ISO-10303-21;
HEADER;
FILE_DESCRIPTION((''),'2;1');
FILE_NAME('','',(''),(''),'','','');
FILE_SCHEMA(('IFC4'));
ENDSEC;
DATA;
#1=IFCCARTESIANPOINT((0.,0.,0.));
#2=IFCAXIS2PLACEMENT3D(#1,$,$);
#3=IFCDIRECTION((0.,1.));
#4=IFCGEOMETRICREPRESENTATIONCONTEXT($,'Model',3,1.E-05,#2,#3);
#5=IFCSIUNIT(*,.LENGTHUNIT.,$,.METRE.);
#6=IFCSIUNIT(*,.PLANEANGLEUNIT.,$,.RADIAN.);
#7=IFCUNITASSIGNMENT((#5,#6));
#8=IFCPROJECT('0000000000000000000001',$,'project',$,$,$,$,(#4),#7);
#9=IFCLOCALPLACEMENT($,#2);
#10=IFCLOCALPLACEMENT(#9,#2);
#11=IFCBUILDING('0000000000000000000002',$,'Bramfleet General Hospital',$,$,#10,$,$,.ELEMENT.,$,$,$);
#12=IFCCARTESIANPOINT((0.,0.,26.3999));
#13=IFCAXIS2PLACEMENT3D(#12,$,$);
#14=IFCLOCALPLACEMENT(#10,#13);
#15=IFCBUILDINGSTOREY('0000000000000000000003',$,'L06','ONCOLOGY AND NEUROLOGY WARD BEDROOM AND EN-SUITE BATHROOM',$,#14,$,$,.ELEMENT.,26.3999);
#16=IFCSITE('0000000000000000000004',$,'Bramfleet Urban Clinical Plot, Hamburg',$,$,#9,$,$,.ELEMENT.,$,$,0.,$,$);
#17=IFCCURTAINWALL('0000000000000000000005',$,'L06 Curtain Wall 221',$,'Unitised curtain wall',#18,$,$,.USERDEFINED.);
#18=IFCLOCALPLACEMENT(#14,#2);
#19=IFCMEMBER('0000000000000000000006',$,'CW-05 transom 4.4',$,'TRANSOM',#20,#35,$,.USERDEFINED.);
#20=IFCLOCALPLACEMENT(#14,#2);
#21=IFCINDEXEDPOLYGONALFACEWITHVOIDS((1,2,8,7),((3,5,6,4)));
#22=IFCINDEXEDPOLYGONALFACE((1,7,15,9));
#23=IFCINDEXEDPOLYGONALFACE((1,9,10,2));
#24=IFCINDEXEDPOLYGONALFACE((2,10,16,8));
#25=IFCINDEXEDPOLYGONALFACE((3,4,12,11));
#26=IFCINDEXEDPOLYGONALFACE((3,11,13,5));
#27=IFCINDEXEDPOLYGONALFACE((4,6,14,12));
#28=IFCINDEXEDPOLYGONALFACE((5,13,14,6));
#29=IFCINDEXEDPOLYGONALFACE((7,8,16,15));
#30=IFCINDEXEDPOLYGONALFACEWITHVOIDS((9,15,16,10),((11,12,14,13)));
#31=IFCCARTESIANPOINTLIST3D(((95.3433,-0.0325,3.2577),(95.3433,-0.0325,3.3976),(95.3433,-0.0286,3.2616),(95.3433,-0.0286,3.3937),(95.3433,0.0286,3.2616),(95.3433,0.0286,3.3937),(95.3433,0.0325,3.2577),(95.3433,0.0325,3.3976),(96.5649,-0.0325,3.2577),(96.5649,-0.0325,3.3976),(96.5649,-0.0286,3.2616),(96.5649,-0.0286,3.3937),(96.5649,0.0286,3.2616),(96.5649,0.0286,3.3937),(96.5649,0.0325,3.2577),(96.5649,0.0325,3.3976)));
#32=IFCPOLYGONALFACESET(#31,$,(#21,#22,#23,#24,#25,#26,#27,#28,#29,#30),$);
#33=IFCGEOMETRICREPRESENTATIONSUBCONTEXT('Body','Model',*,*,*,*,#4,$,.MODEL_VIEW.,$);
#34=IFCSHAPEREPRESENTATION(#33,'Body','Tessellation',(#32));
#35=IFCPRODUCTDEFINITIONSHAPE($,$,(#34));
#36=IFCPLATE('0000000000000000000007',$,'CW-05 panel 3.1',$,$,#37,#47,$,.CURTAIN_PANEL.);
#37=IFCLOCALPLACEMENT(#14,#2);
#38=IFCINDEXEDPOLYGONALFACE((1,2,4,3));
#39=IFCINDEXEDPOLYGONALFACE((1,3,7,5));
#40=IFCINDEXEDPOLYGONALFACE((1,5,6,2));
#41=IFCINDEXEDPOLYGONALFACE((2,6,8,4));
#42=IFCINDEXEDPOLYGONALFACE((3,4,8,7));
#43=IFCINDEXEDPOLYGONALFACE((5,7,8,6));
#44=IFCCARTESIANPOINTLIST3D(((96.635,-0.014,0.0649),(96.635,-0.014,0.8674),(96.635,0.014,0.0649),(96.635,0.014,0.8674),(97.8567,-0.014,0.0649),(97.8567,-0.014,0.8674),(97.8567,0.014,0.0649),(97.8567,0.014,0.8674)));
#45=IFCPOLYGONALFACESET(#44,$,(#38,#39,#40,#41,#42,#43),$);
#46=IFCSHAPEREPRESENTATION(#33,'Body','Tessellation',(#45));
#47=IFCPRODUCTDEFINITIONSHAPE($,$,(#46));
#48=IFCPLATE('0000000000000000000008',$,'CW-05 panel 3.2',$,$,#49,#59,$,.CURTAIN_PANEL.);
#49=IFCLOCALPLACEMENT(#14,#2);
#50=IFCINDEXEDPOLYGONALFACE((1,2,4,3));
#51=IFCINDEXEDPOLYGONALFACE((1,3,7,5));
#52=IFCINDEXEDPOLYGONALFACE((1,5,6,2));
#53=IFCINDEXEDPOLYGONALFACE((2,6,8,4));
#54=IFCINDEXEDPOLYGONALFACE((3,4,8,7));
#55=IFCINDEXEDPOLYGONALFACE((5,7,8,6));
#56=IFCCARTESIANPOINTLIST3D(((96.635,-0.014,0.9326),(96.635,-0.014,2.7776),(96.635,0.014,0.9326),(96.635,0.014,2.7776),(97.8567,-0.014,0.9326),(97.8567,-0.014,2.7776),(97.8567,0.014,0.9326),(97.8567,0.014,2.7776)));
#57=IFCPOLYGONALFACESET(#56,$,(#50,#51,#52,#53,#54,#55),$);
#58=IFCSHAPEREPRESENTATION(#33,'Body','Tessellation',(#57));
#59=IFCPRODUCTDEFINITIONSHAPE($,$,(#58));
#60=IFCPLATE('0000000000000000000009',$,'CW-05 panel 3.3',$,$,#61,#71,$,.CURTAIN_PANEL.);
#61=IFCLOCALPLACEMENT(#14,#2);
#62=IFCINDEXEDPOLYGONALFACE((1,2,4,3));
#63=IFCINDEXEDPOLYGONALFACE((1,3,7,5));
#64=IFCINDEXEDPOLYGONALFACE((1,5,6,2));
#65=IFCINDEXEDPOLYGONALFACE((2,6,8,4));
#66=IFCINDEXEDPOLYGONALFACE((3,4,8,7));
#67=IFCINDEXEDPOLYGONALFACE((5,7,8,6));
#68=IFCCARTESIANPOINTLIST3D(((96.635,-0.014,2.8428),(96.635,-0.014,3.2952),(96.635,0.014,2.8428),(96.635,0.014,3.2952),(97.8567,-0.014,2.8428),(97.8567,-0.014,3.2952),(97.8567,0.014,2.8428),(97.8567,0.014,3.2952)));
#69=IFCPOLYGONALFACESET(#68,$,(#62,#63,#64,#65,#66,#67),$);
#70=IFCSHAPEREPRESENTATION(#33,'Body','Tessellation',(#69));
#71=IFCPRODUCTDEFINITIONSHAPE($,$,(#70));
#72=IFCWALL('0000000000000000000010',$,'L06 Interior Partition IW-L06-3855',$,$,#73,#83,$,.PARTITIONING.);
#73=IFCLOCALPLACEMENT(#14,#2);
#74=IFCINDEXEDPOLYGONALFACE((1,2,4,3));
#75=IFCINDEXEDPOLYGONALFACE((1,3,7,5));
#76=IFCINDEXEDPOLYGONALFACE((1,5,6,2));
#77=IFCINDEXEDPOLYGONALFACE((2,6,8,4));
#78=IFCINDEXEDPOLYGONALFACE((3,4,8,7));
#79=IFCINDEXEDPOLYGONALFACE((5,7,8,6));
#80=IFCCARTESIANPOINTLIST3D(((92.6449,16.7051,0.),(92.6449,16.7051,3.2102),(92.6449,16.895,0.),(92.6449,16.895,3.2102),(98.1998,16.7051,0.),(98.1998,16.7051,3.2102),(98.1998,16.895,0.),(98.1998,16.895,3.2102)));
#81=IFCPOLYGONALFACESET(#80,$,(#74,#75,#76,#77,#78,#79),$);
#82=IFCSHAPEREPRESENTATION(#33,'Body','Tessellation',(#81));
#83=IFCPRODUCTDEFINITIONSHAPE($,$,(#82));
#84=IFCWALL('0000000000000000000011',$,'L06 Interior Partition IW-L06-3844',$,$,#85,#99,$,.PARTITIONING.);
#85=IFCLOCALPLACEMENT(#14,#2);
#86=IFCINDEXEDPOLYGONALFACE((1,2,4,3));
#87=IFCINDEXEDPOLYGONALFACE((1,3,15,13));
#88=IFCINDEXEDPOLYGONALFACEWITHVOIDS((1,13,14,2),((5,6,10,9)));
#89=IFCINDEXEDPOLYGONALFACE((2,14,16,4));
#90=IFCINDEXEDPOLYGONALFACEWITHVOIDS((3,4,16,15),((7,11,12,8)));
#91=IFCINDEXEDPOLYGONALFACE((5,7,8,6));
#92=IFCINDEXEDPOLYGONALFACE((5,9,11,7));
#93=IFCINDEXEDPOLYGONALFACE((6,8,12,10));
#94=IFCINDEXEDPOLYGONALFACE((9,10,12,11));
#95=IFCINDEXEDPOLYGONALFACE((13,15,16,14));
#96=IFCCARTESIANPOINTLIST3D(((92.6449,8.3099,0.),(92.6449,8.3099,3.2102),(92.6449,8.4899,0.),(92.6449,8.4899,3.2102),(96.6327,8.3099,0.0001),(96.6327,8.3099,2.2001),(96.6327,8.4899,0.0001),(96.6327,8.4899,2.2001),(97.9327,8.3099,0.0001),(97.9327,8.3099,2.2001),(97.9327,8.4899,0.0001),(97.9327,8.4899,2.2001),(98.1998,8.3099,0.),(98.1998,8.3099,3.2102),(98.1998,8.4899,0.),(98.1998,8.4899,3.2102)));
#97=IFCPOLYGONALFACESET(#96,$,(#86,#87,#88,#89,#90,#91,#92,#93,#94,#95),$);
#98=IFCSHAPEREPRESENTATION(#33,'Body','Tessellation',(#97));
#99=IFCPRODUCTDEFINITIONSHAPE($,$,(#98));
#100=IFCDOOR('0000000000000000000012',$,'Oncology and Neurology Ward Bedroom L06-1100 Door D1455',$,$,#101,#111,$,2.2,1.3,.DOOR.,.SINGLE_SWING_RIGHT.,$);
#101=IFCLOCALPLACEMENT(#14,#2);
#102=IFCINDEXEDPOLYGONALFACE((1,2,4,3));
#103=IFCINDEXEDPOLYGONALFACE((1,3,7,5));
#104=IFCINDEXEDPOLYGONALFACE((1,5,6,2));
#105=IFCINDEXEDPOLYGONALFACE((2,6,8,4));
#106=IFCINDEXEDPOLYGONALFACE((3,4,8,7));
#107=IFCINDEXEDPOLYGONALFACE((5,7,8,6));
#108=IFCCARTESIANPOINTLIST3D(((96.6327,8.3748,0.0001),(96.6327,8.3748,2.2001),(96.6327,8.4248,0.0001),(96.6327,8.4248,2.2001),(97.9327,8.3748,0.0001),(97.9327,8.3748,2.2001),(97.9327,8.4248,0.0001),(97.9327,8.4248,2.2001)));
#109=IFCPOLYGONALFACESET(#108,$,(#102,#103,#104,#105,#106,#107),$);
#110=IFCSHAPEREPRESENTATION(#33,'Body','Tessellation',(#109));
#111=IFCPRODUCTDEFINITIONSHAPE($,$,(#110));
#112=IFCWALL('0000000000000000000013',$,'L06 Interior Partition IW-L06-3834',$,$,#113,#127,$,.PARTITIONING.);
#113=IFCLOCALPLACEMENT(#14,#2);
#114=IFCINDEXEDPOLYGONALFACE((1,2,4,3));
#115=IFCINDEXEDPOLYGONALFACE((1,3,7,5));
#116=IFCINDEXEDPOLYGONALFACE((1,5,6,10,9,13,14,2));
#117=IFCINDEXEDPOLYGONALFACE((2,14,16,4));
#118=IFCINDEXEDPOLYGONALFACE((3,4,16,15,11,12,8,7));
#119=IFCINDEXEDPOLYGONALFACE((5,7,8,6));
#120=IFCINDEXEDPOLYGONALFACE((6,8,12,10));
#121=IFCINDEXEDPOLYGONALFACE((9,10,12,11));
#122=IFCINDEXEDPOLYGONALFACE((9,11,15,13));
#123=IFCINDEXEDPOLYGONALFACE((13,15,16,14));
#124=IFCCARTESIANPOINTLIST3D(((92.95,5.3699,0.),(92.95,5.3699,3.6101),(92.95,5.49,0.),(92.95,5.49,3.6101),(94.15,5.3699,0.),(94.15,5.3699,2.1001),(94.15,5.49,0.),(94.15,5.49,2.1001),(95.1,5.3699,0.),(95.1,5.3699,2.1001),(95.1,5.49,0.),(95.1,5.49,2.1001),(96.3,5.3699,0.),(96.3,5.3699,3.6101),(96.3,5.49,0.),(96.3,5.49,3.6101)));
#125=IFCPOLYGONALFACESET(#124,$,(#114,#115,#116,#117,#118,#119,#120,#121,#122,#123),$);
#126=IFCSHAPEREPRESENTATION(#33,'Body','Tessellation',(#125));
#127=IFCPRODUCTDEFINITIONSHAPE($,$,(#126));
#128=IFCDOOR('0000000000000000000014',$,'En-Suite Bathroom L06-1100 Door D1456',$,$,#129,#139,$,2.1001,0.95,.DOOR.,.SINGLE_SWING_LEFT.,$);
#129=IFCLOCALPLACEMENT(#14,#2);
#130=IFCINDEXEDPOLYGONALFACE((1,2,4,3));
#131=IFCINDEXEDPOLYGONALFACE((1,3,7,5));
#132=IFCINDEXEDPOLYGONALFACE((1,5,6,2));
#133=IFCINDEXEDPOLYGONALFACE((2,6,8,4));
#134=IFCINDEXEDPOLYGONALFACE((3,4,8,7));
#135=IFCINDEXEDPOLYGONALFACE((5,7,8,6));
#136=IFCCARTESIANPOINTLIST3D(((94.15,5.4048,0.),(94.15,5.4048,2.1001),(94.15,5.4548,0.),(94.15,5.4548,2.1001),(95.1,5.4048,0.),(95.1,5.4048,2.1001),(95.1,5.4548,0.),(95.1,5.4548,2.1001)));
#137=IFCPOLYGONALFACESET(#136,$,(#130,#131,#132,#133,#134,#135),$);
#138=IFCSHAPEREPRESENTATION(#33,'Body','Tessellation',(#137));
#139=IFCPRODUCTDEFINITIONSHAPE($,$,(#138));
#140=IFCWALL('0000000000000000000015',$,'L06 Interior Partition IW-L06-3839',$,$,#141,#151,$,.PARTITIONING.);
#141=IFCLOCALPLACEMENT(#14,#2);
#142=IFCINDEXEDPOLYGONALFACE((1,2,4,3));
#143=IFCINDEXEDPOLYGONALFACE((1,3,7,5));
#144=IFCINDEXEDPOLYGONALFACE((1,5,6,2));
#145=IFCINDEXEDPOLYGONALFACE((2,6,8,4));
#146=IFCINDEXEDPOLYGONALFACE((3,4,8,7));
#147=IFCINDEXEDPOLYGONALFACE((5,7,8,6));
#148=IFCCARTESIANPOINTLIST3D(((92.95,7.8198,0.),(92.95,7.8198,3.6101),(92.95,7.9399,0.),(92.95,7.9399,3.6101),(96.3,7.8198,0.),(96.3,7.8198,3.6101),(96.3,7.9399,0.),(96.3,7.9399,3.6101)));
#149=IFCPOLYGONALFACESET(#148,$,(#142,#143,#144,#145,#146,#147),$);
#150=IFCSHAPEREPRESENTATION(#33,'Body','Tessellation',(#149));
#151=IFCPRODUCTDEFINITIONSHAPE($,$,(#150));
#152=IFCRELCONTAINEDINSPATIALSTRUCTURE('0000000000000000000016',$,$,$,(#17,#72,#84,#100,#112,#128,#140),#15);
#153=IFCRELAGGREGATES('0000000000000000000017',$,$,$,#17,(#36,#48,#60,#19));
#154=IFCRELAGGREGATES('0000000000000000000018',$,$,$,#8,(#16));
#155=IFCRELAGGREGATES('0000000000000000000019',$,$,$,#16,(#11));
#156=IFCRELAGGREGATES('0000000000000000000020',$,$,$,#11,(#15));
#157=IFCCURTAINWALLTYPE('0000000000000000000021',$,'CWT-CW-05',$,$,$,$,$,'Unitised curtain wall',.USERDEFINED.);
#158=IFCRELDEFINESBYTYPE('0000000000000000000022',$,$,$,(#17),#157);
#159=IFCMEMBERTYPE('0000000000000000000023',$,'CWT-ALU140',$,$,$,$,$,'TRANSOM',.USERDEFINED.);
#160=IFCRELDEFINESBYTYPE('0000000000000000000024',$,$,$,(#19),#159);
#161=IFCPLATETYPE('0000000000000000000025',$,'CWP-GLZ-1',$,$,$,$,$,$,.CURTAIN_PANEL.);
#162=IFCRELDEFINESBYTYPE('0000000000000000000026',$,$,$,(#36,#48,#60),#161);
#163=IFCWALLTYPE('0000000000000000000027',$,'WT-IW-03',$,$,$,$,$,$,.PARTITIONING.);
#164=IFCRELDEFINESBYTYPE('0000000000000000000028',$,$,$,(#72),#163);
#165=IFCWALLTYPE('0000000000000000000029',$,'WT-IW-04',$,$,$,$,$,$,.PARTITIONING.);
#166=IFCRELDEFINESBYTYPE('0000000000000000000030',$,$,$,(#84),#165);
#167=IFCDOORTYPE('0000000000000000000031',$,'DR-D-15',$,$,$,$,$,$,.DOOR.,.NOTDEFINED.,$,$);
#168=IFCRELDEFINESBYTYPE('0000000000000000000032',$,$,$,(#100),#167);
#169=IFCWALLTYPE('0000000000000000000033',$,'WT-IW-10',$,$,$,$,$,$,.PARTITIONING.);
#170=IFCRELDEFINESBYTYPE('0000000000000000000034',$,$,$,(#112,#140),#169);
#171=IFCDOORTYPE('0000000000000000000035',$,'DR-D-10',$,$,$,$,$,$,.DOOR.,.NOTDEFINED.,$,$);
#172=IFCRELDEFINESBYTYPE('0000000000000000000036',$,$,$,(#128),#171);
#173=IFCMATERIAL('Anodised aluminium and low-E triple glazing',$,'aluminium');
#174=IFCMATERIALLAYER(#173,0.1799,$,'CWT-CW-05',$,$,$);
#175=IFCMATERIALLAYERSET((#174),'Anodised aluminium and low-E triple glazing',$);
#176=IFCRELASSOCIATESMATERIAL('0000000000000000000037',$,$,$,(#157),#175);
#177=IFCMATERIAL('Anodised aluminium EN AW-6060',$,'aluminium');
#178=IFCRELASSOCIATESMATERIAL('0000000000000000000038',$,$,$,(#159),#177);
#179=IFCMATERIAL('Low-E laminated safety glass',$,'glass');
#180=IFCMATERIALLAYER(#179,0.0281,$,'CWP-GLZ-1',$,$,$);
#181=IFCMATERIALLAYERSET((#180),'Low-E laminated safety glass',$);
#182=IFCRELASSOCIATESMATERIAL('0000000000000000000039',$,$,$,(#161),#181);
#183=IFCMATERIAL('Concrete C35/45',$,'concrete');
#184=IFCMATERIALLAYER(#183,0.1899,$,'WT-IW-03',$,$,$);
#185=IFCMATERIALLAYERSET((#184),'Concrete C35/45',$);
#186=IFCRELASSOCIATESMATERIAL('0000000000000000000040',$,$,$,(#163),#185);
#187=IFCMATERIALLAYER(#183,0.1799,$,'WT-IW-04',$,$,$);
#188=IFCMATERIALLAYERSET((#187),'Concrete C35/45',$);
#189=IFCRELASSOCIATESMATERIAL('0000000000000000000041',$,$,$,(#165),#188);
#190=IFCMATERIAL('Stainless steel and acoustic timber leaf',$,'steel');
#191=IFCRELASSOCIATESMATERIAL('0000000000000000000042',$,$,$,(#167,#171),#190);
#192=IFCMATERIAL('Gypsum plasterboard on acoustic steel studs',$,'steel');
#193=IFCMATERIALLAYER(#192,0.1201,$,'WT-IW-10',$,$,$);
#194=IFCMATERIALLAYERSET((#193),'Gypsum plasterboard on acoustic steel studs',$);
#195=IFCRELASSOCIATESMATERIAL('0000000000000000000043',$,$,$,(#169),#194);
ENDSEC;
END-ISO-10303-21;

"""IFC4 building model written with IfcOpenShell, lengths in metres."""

from ifc_helpers import new_model, si_unit, direction, frame, frame_2d, origin, origin_2d, place, context, subcontext, project, spatial, rectangle, hollow_rectangle, extrude, material, layer, layer_set, material_profile, profile_set, type_object, element, fill, aggregate, save


model = new_model("IFC4")

# Units and contexts
model_context = context("Model", 3, precision=1e-05, world=origin(), true_north=direction((0.0, 1.0)))
body_context = subcontext(model_context, "Body", "Model", "MODEL_VIEW")
ifc_project = project(units=[si_unit("LENGTHUNIT", "METRE"), si_unit("PLANEANGLEUNIT", "RADIAN")], contexts=[model_context])

# Site, building, storey
site_placement = place(None, origin())
site = spatial("IfcSite", under=ifc_project, at=site_placement, Name="Bramfleet Urban Clinical Plot, Hamburg", CompositionType="ELEMENT", RefElevation=0.0)
building_placement = place(site_placement, origin())
building = spatial("IfcBuilding", under=site, at=building_placement, Name="Bramfleet General Hospital", CompositionType="ELEMENT")
storey_placement = place(building_placement, frame((0.0, 0.0, 26.3999)))
storey = spatial("IfcBuildingStorey", under=building, at=storey_placement, Name="L06", Description="ONCOLOGY AND NEUROLOGY WARD BEDROOM AND EN-SUITE BATHROOM", CompositionType="ELEMENT", Elevation=26.3999)

# Curtain wall, member, plates
ifc_material_1 = material(Name="Anodised aluminium and low-E triple glazing", Category="aluminium")
ifc_layer_1 = layer(ifc_material_1, 0.1799, Name="CWT-CW-05")
ifc_layer_set_1 = layer_set([ifc_layer_1], Name="Anodised aluminium and low-E triple glazing")
curtain_wall_type = type_object("IfcCurtainWallType", Name="CWT-CW-05", ElementType="Unitised curtain wall", PredefinedType="USERDEFINED", material=ifc_layer_set_1)
curtain_wall_placement = place(storey_placement, origin())
curtain_wall = element("IfcCurtainWall", 1, at=curtain_wall_placement, inside=storey, type_object=curtain_wall_type, Name="L06 Curtain Wall 221", ObjectType="Unitised curtain wall", PredefinedType="USERDEFINED")
ifc_material_2 = material(Name="Anodised aluminium EN AW-6060", Category="aluminium")
ifc_material_profile_1 = material_profile(ifc_material_2, hollow_rectangle(XDim=0.0649, YDim=0.1399, WallThickness=0.0039, at=origin_2d()), Name="ALU 140x65x4.0")
ifc_profile_set_1 = profile_set([ifc_material_profile_1], Name="Anodised aluminium EN AW-6060")
member_type_1 = type_object("IfcMemberType", Name="CWT-ALU140", ElementType="TRANSOM", PredefinedType="USERDEFINED", material=ifc_profile_set_1)
member_1_placement = place(storey_placement, frame((96.5649, 0.0, 3.3276), z_axis=(-1.0, 0.0, 0.0), x_axis=(0.0, -1.0, 0.0)))
member_1 = element("IfcMember", 2, at=member_1_placement, type_object=member_type_1, Name="CW-05 transom 4.4", ObjectType="TRANSOM", PredefinedType="USERDEFINED", context=body_context, shape_type="SweptSolid", body=[
    extrude(hollow_rectangle(XDim=0.0649, YDim=0.1399, WallThickness=0.0039, at=origin_2d()), origin(), (0.0, 0.0, 1.0), 1.2217),
])
ifc_material_3 = material(Name="Low-E laminated safety glass", Category="glass")
ifc_layer_2 = layer(ifc_material_3, 0.0281, Name="CWP-GLZ-1")
ifc_layer_set_2 = layer_set([ifc_layer_2], Name="Low-E laminated safety glass")
plate_type = type_object("IfcPlateType", Name="CWP-GLZ-1", PredefinedType="CURTAIN_PANEL", material=ifc_layer_set_2)
plate_1_placement = place(storey_placement, frame((97.2458, 0.0, 0.0649), z_axis=(0.0, 0.0, 1.0), x_axis=(-1.0, 0.0, 0.0)))
plate_1 = element("IfcPlate", 3, at=plate_1_placement, type_object=plate_type, Name="CW-05 panel 3.1", PredefinedType="CURTAIN_PANEL", context=body_context, shape_type="SweptSolid", body=[
    extrude(rectangle(XDim=1.2217, YDim=0.0281, at=origin_2d()), origin(), (0.0, 0.0, 1.0), 0.8025),
])
plate_2_placement = place(storey_placement, frame((97.2458, 0.0, 0.9326), z_axis=(0.0, 0.0, 1.0), x_axis=(-1.0, 0.0, 0.0)))
plate_2 = element("IfcPlate", 4, at=plate_2_placement, type_object=plate_type, Name="CW-05 panel 3.2", PredefinedType="CURTAIN_PANEL", context=body_context, shape_type="SweptSolid", body=[
    extrude(rectangle(XDim=1.2217, YDim=0.0281, at=origin_2d()), origin(), (0.0, 0.0, 1.0), 1.845),
])
plate_3_placement = place(storey_placement, frame((97.2458, 0.0, 2.8428), z_axis=(0.0, 0.0, 1.0), x_axis=(-1.0, 0.0, 0.0)))
plate_3 = element("IfcPlate", 5, at=plate_3_placement, type_object=plate_type, Name="CW-05 panel 3.3", PredefinedType="CURTAIN_PANEL", context=body_context, shape_type="SweptSolid", body=[
    extrude(rectangle(XDim=1.2217, YDim=0.0281, at=origin_2d()), origin(), (0.0, 0.0, 1.0), 0.4524),
])
aggregate(curtain_wall, [plate_1, plate_2, plate_3, member_1])

# Wall
ifc_material_4 = material(Name="Concrete C35/45", Category="concrete")
ifc_layer_3 = layer(ifc_material_4, 0.1899, Name="WT-IW-03")
ifc_layer_set_3 = layer_set([ifc_layer_3], Name="Concrete C35/45")
wall_type_1 = type_object("IfcWallType", Name="WT-IW-03", PredefinedType="PARTITIONING", material=ifc_layer_set_3)
wall_1_placement = place(storey_placement, frame((92.645, 16.8, 0.0), z_axis=(0.0, 0.0, 1.0), x_axis=(1.0, 0.0, 0.0)))
element("IfcWall", 6, at=wall_1_placement, inside=storey, type_object=wall_type_1, Name="L06 Interior Partition IW-L06-3855", PredefinedType="PARTITIONING", context=body_context, shape_type="SweptSolid", body=[
    extrude(rectangle(XDim=5.5549, YDim=0.1899, at=frame_2d((2.7773, 0.0))), origin(), (0.0, 0.0, 1.0), 3.2102),
])

# Walls, openings, doors
ifc_layer_4 = layer(ifc_material_4, 0.1799, Name="WT-IW-04")
ifc_layer_set_4 = layer_set([ifc_layer_4], Name="Concrete C35/45")
wall_type_2 = type_object("IfcWallType", Name="WT-IW-04", PredefinedType="PARTITIONING", material=ifc_layer_set_4)
wall_2_placement = place(storey_placement, frame((92.645, 8.3999, 0.0), z_axis=(0.0, 0.0, 1.0), x_axis=(1.0, 0.0, 0.0)))
wall_2 = element("IfcWall", 7, at=wall_2_placement, inside=storey, type_object=wall_type_2, Name="L06 Interior Partition IW-L06-3844", PredefinedType="PARTITIONING", context=body_context, shape_type="SweptSolid", body=[
    extrude(rectangle(XDim=5.5549, YDim=0.1799, at=frame_2d((2.7773, 0.0))), origin(), (0.0, 0.0, 1.0), 3.2102),
])
opening_1_placement = place(wall_2_placement, frame((3.9878, 0.0, 0.0)))
opening_1 = element("IfcOpeningElement", 8, at=opening_1_placement, cuts=wall_2, PredefinedType="OPENING", context=body_context, shape_type="SweptSolid", body=[
    extrude(rectangle(XDim=1.3, YDim=2.2, at=frame_2d((0.6499, 1.1001))), frame((0.0, 0.0999, 0.0), z_axis=(0.0, -1.0, 0.0), x_axis=(1.0, 0.0, 0.0)), (0.0, 0.0, 1.0), 0.2),
])
ifc_material_5 = material(Name="Stainless steel and acoustic timber leaf", Category="steel")
door_type_1 = type_object("IfcDoorType", Name="DR-D-15", OperationType="NOTDEFINED", PredefinedType="DOOR", material=ifc_material_5)
door_1_placement = place(opening_1_placement, origin())
door_1 = element("IfcDoor", 9, at=door_1_placement, inside=storey, type_object=door_type_1, Name="Oncology and Neurology Ward Bedroom L06-1100 Door D1455", OperationType="SINGLE_SWING_RIGHT", OverallHeight=2.2, OverallWidth=1.3, PredefinedType="DOOR", context=body_context, shape_type="SweptSolid", body=[
    extrude(rectangle(XDim=1.3, YDim=2.2, at=frame_2d((0.6499, 1.1001))), frame((0.0, 0.0249, 0.0), z_axis=(0.0, -1.0, 0.0), x_axis=(1.0, 0.0, 0.0)), (0.0, 0.0, 1.0), 0.05),
])
fill(opening_1, door_1)
ifc_material_6 = material(Name="Gypsum plasterboard on acoustic steel studs", Category="steel")
ifc_layer_5 = layer(ifc_material_6, 0.1201, Name="WT-IW-10")
ifc_layer_set_5 = layer_set([ifc_layer_5], Name="Gypsum plasterboard on acoustic steel studs")
wall_type_3 = type_object("IfcWallType", Name="WT-IW-10", PredefinedType="PARTITIONING", material=ifc_layer_set_5)
wall_3_placement = place(storey_placement, frame((92.95, 5.4299, 0.0), z_axis=(0.0, 0.0, 1.0), x_axis=(1.0, 0.0, 0.0)))
wall_3 = element("IfcWall", 10, at=wall_3_placement, inside=storey, type_object=wall_type_3, Name="L06 Interior Partition IW-L06-3834", PredefinedType="PARTITIONING", context=body_context, shape_type="SweptSolid", body=[
    extrude(rectangle(XDim=3.3501, YDim=0.1201, at=frame_2d((1.675, 0.0))), origin(), (0.0, 0.0, 1.0), 3.6101),
])
opening_2_placement = place(wall_3_placement, frame((1.2, 0.0, 0.0)))
opening_2 = element("IfcOpeningElement", 11, at=opening_2_placement, cuts=wall_3, PredefinedType="OPENING", context=body_context, shape_type="SweptSolid", body=[
    extrude(rectangle(XDim=0.95, YDim=2.1001, at=frame_2d((0.4751, 1.05))), frame((0.0, 0.0701, 0.0), z_axis=(0.0, -1.0, 0.0), x_axis=(1.0, 0.0, 0.0)), (0.0, 0.0, 1.0), 0.1401),
])
door_type_2 = type_object("IfcDoorType", Name="DR-D-10", OperationType="NOTDEFINED", PredefinedType="DOOR", material=ifc_material_5)
door_2_placement = place(opening_2_placement, origin())
door_2 = element("IfcDoor", 12, at=door_2_placement, inside=storey, type_object=door_type_2, Name="En-Suite Bathroom L06-1100 Door D1456", OperationType="SINGLE_SWING_LEFT", OverallHeight=2.1001, OverallWidth=0.95, PredefinedType="DOOR", context=body_context, shape_type="SweptSolid", body=[
    extrude(rectangle(XDim=0.95, YDim=2.1001, at=frame_2d((0.4751, 1.05))), frame((0.0, 0.0249, 0.0), z_axis=(0.0, -1.0, 0.0), x_axis=(1.0, 0.0, 0.0)), (0.0, 0.0, 1.0), 0.05),
])
fill(opening_2, door_2)

# Wall
wall_4_placement = place(storey_placement, frame((92.95, 7.8799, 0.0), z_axis=(0.0, 0.0, 1.0), x_axis=(1.0, 0.0, 0.0)))
element("IfcWall", 13, at=wall_4_placement, inside=storey, type_object=wall_type_3, Name="L06 Interior Partition IW-L06-3839", PredefinedType="PARTITIONING", context=body_context, shape_type="SweptSolid", body=[
    extrude(rectangle(XDim=3.3501, YDim=0.1201, at=frame_2d((1.675, 0.0))), origin(), (0.0, 0.0, 1.0), 3.6101),
])

save(model, "model.ifc")
